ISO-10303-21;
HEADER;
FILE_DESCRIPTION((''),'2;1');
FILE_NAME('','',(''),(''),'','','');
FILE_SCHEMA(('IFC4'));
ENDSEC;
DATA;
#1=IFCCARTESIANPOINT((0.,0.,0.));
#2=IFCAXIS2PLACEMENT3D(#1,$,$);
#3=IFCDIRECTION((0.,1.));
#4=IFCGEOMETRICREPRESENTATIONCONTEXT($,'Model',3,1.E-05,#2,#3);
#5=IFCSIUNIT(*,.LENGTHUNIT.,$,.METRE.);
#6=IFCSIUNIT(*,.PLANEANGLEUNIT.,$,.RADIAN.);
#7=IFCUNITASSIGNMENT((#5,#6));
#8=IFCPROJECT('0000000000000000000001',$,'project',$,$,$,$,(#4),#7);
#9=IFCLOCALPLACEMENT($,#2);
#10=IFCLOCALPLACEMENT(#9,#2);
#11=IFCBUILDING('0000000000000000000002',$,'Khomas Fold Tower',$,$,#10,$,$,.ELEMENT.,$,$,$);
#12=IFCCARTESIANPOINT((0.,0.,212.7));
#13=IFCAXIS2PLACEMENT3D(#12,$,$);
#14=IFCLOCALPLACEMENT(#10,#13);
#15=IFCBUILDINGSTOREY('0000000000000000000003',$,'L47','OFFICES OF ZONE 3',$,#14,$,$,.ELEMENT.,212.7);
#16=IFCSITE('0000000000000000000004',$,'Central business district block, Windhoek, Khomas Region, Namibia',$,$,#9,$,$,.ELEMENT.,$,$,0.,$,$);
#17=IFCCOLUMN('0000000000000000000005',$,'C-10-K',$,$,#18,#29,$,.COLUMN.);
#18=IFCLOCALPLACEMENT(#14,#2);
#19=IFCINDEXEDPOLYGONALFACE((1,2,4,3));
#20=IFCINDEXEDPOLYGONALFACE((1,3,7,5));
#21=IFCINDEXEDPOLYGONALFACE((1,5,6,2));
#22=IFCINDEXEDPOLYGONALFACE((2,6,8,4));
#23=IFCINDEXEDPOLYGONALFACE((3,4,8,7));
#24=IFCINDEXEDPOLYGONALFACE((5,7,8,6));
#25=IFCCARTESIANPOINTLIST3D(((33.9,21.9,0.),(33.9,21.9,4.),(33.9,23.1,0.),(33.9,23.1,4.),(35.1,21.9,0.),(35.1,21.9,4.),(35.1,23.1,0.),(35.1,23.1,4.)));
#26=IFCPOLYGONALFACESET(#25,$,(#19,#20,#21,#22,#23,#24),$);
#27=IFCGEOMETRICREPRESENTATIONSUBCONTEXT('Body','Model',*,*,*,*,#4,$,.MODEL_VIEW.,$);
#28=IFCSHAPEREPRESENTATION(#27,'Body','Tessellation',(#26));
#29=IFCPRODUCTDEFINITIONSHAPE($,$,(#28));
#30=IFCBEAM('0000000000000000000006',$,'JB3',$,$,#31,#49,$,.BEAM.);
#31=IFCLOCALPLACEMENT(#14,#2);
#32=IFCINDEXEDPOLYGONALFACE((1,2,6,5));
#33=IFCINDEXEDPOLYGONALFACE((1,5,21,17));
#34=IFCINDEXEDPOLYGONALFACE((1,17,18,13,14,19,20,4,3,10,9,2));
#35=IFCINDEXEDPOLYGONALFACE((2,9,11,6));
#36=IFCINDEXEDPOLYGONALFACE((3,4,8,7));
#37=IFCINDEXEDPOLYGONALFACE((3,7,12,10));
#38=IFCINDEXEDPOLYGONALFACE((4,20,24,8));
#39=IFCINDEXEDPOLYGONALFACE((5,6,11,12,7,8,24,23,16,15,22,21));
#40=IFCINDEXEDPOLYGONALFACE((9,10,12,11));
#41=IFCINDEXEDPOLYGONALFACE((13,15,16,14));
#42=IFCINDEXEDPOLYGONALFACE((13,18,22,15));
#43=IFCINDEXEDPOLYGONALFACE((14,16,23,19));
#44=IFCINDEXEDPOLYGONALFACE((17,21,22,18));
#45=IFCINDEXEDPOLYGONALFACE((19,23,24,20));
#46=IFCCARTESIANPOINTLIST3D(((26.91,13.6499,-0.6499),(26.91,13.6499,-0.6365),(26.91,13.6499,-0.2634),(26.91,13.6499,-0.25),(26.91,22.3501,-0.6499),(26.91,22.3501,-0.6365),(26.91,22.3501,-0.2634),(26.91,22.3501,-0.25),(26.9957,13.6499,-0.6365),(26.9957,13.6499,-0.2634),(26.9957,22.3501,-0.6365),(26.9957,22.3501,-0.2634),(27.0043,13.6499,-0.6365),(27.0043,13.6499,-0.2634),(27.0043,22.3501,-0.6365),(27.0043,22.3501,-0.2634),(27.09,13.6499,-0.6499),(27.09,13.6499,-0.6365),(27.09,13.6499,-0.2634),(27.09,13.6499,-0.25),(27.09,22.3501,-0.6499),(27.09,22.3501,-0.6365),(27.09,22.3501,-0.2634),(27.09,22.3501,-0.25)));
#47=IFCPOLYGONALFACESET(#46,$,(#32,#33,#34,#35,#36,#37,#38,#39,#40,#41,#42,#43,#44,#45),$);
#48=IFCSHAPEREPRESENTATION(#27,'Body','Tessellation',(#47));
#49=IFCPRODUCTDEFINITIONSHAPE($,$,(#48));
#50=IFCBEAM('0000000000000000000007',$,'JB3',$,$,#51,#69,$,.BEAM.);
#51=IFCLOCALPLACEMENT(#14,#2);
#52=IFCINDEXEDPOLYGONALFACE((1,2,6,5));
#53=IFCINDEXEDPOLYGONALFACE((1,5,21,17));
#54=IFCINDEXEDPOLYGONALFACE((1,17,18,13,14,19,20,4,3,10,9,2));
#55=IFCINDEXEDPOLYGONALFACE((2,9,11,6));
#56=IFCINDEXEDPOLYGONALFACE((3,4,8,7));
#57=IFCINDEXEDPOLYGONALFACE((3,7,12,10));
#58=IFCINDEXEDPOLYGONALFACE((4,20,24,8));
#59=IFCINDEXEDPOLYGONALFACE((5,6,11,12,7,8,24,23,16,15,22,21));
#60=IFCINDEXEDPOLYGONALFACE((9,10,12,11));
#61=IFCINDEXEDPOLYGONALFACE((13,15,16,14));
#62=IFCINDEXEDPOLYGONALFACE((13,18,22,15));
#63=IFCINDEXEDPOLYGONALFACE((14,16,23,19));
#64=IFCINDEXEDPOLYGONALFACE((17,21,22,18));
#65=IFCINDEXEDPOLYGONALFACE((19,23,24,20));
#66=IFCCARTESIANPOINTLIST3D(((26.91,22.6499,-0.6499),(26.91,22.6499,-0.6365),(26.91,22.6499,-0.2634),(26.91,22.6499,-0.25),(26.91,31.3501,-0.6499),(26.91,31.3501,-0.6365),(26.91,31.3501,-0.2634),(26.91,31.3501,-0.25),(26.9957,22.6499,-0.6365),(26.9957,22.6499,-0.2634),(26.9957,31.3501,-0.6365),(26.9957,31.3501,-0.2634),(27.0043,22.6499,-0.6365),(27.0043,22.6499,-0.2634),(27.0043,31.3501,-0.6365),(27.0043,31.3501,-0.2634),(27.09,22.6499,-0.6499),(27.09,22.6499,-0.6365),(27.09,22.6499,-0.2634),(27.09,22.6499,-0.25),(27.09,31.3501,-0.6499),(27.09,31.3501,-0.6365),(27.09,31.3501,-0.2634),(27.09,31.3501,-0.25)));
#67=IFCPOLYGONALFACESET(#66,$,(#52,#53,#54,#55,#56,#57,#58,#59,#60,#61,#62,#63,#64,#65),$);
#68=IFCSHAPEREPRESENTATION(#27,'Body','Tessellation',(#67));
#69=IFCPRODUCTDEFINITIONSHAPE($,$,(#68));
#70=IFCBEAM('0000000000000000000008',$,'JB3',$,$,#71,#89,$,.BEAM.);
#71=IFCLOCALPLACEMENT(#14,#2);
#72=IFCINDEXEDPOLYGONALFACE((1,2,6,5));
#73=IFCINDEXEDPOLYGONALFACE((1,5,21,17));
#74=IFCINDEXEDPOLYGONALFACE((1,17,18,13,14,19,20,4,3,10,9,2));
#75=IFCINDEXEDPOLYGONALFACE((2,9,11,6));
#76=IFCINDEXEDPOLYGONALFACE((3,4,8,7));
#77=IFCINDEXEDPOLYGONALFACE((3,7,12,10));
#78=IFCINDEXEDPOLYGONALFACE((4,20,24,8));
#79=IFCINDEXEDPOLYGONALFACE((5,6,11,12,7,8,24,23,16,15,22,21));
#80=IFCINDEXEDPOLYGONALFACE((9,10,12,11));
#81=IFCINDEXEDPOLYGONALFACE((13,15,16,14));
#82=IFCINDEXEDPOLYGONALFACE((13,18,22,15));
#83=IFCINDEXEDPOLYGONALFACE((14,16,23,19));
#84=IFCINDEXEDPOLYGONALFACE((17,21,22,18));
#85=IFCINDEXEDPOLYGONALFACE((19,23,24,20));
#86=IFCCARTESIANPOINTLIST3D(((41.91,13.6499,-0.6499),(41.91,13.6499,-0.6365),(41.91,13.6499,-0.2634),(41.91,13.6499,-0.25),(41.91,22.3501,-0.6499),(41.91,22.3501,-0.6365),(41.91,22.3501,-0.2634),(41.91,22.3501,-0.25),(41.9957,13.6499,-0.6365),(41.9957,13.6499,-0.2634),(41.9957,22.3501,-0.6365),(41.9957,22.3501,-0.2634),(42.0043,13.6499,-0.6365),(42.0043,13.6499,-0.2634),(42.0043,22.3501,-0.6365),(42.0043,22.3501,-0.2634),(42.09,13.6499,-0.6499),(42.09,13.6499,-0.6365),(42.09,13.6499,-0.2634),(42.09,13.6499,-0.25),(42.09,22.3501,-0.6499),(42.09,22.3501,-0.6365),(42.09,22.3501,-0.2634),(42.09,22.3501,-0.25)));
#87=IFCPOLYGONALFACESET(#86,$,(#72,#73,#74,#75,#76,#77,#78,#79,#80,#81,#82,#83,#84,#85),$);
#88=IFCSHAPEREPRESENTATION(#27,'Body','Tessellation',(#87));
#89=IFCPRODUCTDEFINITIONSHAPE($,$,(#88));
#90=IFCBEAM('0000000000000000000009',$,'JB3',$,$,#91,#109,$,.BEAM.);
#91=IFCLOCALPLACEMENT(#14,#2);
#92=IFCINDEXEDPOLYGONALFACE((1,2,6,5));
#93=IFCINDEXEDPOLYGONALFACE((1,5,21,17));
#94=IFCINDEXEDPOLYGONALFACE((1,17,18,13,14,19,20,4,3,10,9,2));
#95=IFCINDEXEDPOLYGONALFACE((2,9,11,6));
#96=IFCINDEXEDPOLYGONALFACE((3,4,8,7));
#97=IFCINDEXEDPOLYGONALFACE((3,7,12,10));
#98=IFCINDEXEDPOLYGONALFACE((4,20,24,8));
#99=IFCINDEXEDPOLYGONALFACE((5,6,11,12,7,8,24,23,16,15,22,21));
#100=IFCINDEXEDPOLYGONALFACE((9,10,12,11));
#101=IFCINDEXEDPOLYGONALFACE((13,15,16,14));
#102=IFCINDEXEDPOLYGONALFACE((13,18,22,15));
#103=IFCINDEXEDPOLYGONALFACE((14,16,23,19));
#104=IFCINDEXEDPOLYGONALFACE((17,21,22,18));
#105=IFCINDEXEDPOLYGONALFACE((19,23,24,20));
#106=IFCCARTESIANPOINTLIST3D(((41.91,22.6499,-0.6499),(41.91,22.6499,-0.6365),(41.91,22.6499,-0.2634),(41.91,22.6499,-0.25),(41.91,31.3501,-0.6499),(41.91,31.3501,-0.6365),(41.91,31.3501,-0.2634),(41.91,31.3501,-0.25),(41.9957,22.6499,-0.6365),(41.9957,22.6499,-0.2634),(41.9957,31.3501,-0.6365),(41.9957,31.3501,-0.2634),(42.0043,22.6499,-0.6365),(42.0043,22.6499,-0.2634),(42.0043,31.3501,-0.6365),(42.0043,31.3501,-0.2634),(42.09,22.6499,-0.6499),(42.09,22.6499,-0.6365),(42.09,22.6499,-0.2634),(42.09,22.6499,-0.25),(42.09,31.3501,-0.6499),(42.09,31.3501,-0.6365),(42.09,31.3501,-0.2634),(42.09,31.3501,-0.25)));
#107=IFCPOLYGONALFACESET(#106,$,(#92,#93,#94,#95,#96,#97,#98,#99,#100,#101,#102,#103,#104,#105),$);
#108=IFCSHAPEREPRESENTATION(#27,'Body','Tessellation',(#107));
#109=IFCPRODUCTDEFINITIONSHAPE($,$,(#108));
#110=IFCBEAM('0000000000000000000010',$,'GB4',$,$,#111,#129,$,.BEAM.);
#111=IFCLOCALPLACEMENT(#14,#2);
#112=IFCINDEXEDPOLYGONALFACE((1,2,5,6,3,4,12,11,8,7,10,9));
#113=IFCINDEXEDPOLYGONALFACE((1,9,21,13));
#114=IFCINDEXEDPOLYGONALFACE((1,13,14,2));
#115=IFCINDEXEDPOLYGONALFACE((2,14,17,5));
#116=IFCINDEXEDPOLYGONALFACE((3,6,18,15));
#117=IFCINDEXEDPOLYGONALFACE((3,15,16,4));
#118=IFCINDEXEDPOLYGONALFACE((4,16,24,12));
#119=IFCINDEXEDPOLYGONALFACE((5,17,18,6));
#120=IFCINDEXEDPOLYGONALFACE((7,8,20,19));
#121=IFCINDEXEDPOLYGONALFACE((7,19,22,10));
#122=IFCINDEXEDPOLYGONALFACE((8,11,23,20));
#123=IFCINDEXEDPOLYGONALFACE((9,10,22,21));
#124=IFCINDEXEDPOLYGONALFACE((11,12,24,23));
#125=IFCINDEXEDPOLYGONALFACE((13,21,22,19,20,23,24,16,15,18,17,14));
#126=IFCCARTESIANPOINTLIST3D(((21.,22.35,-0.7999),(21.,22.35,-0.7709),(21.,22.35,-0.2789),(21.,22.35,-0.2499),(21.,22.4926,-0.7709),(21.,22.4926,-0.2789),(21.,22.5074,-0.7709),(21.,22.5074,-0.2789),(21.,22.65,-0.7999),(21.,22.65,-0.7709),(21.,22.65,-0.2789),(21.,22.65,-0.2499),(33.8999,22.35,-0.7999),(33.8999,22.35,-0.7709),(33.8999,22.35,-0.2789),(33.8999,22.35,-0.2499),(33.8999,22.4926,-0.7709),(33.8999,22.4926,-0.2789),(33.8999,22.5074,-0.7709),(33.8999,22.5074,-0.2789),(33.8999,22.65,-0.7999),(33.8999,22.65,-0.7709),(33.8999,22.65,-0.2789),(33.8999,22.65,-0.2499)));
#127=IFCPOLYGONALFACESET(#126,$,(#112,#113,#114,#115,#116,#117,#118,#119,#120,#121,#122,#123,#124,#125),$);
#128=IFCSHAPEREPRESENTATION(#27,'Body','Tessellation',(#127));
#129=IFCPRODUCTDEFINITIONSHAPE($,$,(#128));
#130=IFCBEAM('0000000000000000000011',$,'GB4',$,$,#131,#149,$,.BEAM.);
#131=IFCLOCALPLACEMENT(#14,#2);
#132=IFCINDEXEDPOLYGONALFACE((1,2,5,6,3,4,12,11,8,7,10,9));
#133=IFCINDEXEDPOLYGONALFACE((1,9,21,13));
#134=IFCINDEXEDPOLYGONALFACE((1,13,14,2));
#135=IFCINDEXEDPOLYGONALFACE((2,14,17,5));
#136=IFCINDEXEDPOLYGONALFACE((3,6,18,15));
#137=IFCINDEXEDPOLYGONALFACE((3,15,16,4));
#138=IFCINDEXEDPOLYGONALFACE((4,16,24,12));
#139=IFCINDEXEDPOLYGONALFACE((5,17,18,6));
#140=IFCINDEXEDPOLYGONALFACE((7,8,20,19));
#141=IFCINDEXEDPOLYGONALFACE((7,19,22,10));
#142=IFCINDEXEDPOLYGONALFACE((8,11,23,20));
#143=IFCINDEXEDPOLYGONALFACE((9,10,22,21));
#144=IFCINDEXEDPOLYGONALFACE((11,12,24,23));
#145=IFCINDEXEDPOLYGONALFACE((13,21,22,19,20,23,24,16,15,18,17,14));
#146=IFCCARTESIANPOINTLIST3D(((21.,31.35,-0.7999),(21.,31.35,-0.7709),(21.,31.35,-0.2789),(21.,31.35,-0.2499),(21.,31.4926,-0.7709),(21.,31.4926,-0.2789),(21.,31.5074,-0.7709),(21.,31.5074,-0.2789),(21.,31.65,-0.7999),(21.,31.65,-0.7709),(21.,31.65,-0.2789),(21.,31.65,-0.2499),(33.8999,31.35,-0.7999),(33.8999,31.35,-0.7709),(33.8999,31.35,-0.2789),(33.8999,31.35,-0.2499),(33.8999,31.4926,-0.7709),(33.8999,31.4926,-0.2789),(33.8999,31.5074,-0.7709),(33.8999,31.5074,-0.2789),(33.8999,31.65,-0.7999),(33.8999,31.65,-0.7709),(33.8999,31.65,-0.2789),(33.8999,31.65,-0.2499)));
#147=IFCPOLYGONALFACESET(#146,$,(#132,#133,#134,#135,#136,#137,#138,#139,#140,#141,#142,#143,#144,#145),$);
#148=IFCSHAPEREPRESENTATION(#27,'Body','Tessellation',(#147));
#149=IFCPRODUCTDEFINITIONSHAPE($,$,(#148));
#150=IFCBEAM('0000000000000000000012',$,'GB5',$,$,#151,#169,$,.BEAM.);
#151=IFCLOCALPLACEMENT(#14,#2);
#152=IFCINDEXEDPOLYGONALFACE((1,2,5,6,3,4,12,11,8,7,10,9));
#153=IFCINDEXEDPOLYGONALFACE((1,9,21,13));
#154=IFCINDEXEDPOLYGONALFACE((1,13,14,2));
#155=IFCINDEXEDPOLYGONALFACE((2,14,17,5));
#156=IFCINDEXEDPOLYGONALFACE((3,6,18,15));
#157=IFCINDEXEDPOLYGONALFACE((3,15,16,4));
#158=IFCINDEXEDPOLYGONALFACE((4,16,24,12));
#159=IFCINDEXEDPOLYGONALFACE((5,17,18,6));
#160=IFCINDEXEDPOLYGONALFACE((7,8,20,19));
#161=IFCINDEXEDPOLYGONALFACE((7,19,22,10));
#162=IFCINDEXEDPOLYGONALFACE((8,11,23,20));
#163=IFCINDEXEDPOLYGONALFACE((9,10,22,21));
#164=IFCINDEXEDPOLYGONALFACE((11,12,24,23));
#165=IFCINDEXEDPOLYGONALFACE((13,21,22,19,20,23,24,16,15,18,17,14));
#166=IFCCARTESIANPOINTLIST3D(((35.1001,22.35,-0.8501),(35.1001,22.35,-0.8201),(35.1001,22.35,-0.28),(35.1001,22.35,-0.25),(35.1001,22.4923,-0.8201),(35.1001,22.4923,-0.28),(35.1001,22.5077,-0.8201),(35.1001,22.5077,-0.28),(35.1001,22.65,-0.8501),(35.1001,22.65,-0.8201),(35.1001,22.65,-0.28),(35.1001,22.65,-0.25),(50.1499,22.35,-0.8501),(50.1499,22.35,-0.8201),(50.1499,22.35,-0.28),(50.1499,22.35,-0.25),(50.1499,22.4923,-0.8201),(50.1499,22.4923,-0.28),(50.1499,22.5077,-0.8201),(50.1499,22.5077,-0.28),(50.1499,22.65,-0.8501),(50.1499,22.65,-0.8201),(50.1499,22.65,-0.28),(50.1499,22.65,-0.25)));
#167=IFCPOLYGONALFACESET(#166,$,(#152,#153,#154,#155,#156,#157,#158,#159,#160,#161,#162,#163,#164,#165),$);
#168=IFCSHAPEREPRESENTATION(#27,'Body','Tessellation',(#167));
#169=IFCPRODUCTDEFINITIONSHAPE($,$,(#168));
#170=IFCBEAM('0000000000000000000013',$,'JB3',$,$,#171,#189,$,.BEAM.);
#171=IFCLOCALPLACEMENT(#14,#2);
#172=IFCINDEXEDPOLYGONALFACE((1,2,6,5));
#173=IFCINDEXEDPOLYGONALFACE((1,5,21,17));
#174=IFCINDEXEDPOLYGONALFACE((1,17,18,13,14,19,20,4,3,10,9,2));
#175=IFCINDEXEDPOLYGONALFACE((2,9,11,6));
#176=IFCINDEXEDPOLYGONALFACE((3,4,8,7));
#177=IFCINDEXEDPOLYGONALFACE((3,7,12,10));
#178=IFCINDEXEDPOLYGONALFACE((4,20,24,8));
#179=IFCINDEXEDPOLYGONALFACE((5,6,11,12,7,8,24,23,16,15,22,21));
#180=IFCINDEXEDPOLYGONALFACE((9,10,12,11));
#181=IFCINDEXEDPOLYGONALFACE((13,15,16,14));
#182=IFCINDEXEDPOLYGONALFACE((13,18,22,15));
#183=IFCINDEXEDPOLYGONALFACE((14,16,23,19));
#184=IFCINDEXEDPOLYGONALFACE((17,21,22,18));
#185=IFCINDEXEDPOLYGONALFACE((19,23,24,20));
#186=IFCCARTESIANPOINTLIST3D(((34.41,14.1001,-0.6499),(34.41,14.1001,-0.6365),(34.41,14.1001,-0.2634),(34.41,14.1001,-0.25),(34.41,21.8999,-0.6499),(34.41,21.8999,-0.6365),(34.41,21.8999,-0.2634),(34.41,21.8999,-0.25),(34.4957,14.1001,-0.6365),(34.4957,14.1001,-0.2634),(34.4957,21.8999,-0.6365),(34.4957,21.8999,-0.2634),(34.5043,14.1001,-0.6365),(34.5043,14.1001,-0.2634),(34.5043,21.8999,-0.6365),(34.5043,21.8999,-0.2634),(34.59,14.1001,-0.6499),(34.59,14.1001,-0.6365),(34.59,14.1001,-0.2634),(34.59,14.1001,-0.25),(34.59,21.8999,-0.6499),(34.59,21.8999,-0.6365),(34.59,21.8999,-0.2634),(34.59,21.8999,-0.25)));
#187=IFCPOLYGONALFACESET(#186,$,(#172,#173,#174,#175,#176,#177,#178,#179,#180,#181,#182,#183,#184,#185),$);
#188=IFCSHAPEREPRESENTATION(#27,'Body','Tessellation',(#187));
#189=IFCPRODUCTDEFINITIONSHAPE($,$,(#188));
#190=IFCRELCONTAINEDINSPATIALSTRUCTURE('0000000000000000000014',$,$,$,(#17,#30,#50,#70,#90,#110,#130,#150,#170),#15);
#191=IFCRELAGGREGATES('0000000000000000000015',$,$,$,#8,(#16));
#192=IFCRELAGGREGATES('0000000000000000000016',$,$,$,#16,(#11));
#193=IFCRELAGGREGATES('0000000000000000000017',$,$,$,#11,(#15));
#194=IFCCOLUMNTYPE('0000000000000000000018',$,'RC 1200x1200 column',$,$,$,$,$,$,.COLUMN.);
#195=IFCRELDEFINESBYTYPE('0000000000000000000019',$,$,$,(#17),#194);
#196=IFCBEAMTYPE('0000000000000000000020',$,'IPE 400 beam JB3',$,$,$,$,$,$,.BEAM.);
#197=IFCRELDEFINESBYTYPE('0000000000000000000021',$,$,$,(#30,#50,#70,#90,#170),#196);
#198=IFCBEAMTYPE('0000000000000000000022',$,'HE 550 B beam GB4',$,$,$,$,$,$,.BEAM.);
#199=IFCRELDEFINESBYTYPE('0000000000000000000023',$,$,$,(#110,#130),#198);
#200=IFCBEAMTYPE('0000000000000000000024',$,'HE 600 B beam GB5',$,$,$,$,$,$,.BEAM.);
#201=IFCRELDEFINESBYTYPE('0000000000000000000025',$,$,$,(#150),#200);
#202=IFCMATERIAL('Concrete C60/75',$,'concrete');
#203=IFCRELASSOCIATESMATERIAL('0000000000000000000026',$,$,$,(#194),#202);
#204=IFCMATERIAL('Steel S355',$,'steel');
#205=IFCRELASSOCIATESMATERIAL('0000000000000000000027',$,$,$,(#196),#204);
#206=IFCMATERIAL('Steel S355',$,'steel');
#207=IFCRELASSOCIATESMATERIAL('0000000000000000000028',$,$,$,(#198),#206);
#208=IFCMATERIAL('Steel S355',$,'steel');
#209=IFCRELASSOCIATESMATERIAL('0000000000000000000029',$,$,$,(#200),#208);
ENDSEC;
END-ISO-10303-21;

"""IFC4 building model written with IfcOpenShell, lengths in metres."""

from ifc_helpers import new_model, si_unit, direction, frame, origin, origin_2d, place, context, subcontext, project, spatial, rectangle, i_section, extrude, source, transform, mapped, material, material_profile, profile_set, type_object, element, save


model = new_model("IFC4")

# Units and contexts
model_context = context("Model", 3, precision=1e-05, world=origin(), true_north=direction((0.0, 1.0)))
body_context = subcontext(model_context, "Body", "Model", "MODEL_VIEW")
ifc_project = project(units=[si_unit("LENGTHUNIT", "METRE"), si_unit("PLANEANGLEUNIT", "RADIAN")], contexts=[model_context])

# Site, building, storey
site_placement = place(None, origin())
site = spatial("IfcSite", under=ifc_project, at=site_placement, Name="Central business district block, Windhoek, Khomas Region, Namibia", CompositionType="ELEMENT", RefElevation=0.0)
building_placement = place(site_placement, origin())
building = spatial("IfcBuilding", under=site, at=building_placement, Name="Khomas Fold Tower", CompositionType="ELEMENT")
storey_placement = place(building_placement, frame((0.0, 0.0, 212.7)))
storey = spatial("IfcBuildingStorey", under=building, at=storey_placement, Name="L47", Description="OFFICES OF ZONE 3", CompositionType="ELEMENT", Elevation=212.7)

# Column
ifc_material_1 = material(Name="Concrete C60/75", Category="concrete")
ifc_material_profile_1 = material_profile(ifc_material_1, rectangle(XDim=1.2, YDim=1.2, at=origin_2d()), Name="RC 1200x1200")
ifc_profile_set_1 = profile_set([ifc_material_profile_1], Name="Concrete C60/75")
column_type = type_object("IfcColumnType", Name="RC 1200x1200 column", PredefinedType="COLUMN", material=ifc_profile_set_1)
shared_shape_1 = source(origin(), body_context, "Body", "SweptSolid", [
    extrude(rectangle(XDim=1.2, YDim=1.2, at=origin_2d()), origin(), (0.0, 0.0, 1.0), 4.0),
])
column_placement = place(storey_placement, frame((34.5, 22.5, 0.0), z_axis=(0.0, 0.0, 1.0), x_axis=(1.0, 0.0, 0.0)))
element("IfcColumn", 1, at=column_placement, inside=storey, type_object=column_type, Name="C-10-K", PredefinedType="COLUMN", context=body_context, shape_type="MappedRepresentation", body=[
    mapped(shared_shape_1, transform((0.0, 0.0, 0.0))),
])

# Beams
ifc_material_2 = material(Name="Steel S355", Category="steel")
ifc_material_profile_2 = material_profile(ifc_material_2, i_section(OverallWidth=0.1799, OverallDepth=0.3999, WebThickness=0.0085, FlangeThickness=0.0134, at=origin_2d()), Name="IPE 400")
ifc_profile_set_2 = profile_set([ifc_material_profile_2], Name="Steel S355")
beam_type_1 = type_object("IfcBeamType", Name="IPE 400 beam JB3", PredefinedType="BEAM", material=ifc_profile_set_2)
shared_shape_2 = source(origin(), body_context, "Body", "SweptSolid", [
    extrude(i_section(OverallWidth=0.1799, OverallDepth=0.3999, WebThickness=0.0085, FlangeThickness=0.0134, at=origin_2d()), origin(), (0.0, 0.0, 1.0), 8.7002),
])
for number, where, z_axis, x_axis, name in (
    (2, (27.0, 13.6499, -0.45), (0.0, 1.0, 0.0), (-1.0, 0.0, 0.0), "JB3"),
    (3, (27.0, 22.6499, -0.45), (0.0, 1.0, 0.0), (-1.0, 0.0, 0.0), "JB3"),
    (4, (42.0, 13.6499, -0.45), (0.0, 1.0, 0.0), (-1.0, 0.0, 0.0), "JB3"),
    (5, (42.0, 22.6499, -0.45), (0.0, 1.0, 0.0), (-1.0, 0.0, 0.0), "JB3"),
):
    element("IfcBeam", number, at=place(storey_placement, frame(where, z_axis=z_axis, x_axis=x_axis)), inside=storey, type_object=beam_type_1, Name=name, PredefinedType="BEAM", context=body_context, shape_type="MappedRepresentation", body=[
        mapped(shared_shape_2, transform((0.0, 0.0, 0.0))),
    ])
ifc_material_3 = material(Name="Steel S355", Category="steel")
ifc_material_profile_3 = material_profile(ifc_material_3, i_section(OverallWidth=0.3, OverallDepth=0.55, WebThickness=0.0149, FlangeThickness=0.0291, at=origin_2d()), Name="HE 550 B")
ifc_profile_set_3 = profile_set([ifc_material_profile_3], Name="Steel S355")
beam_type_2 = type_object("IfcBeamType", Name="HE 550 B beam GB4", PredefinedType="BEAM", material=ifc_profile_set_3)
shared_shape_3 = source(origin(), body_context, "Body", "SweptSolid", [
    extrude(i_section(OverallWidth=0.3, OverallDepth=0.55, WebThickness=0.0149, FlangeThickness=0.0291, at=origin_2d()), origin(), (0.0, 0.0, 1.0), 12.8999),
])
for number, where, z_axis, x_axis, name in (
    (6, (21.0, 22.5, -0.5249), (1.0, 0.0, 0.0), (0.0, 1.0, 0.0), "GB4"),
    (7, (21.0, 31.5, -0.5249), (1.0, 0.0, 0.0), (0.0, 1.0, 0.0), "GB4"),
):
    element("IfcBeam", number, at=place(storey_placement, frame(where, z_axis=z_axis, x_axis=x_axis)), inside=storey, type_object=beam_type_2, Name=name, PredefinedType="BEAM", context=body_context, shape_type="MappedRepresentation", body=[
        mapped(shared_shape_3, transform((0.0, 0.0, 0.0))),
    ])
ifc_material_4 = material(Name="Steel S355", Category="steel")
ifc_material_profile_4 = material_profile(ifc_material_4, i_section(OverallWidth=0.3, OverallDepth=0.6001, WebThickness=0.0154, FlangeThickness=0.03, at=origin_2d()), Name="HE 600 B")
ifc_profile_set_4 = profile_set([ifc_material_profile_4], Name="Steel S355")
beam_type_3 = type_object("IfcBeamType", Name="HE 600 B beam GB5", PredefinedType="BEAM", material=ifc_profile_set_4)
shared_shape_4 = source(origin(), body_context, "Body", "SweptSolid", [
    extrude(i_section(OverallWidth=0.3, OverallDepth=0.6001, WebThickness=0.0154, FlangeThickness=0.03, at=origin_2d()), origin(), (0.0, 0.0, 1.0), 15.0498),
])
beam_placement = place(storey_placement, frame((35.1001, 22.5, -0.55), z_axis=(1.0, 0.0, 0.0), x_axis=(0.0, 1.0, 0.0)))
element("IfcBeam", 8, at=beam_placement, inside=storey, type_object=beam_type_3, Name="GB5", PredefinedType="BEAM", context=body_context, shape_type="MappedRepresentation", body=[
    mapped(shared_shape_4, transform((0.0, 0.0, 0.0))),
])
shared_shape_5 = source(origin(), body_context, "Body", "SweptSolid", [
    extrude(i_section(OverallWidth=0.1799, OverallDepth=0.3999, WebThickness=0.0085, FlangeThickness=0.0134, at=origin_2d()), origin(), (0.0, 0.0, 1.0), 7.7998),
])
for number, where, z_axis, x_axis, name in (
    (9, (34.5, 14.1001, -0.45), (0.0, 1.0, 0.0), (-1.0, 0.0, 0.0), "JB3"),
):
    element("IfcBeam", number, at=place(storey_placement, frame(where, z_axis=z_axis, x_axis=x_axis)), inside=storey, type_object=beam_type_1, Name=name, PredefinedType="BEAM", context=body_context, shape_type="MappedRepresentation", body=[
        mapped(shared_shape_5, transform((0.0, 0.0, 0.0))),
    ])

save(model, "model.ifc")
